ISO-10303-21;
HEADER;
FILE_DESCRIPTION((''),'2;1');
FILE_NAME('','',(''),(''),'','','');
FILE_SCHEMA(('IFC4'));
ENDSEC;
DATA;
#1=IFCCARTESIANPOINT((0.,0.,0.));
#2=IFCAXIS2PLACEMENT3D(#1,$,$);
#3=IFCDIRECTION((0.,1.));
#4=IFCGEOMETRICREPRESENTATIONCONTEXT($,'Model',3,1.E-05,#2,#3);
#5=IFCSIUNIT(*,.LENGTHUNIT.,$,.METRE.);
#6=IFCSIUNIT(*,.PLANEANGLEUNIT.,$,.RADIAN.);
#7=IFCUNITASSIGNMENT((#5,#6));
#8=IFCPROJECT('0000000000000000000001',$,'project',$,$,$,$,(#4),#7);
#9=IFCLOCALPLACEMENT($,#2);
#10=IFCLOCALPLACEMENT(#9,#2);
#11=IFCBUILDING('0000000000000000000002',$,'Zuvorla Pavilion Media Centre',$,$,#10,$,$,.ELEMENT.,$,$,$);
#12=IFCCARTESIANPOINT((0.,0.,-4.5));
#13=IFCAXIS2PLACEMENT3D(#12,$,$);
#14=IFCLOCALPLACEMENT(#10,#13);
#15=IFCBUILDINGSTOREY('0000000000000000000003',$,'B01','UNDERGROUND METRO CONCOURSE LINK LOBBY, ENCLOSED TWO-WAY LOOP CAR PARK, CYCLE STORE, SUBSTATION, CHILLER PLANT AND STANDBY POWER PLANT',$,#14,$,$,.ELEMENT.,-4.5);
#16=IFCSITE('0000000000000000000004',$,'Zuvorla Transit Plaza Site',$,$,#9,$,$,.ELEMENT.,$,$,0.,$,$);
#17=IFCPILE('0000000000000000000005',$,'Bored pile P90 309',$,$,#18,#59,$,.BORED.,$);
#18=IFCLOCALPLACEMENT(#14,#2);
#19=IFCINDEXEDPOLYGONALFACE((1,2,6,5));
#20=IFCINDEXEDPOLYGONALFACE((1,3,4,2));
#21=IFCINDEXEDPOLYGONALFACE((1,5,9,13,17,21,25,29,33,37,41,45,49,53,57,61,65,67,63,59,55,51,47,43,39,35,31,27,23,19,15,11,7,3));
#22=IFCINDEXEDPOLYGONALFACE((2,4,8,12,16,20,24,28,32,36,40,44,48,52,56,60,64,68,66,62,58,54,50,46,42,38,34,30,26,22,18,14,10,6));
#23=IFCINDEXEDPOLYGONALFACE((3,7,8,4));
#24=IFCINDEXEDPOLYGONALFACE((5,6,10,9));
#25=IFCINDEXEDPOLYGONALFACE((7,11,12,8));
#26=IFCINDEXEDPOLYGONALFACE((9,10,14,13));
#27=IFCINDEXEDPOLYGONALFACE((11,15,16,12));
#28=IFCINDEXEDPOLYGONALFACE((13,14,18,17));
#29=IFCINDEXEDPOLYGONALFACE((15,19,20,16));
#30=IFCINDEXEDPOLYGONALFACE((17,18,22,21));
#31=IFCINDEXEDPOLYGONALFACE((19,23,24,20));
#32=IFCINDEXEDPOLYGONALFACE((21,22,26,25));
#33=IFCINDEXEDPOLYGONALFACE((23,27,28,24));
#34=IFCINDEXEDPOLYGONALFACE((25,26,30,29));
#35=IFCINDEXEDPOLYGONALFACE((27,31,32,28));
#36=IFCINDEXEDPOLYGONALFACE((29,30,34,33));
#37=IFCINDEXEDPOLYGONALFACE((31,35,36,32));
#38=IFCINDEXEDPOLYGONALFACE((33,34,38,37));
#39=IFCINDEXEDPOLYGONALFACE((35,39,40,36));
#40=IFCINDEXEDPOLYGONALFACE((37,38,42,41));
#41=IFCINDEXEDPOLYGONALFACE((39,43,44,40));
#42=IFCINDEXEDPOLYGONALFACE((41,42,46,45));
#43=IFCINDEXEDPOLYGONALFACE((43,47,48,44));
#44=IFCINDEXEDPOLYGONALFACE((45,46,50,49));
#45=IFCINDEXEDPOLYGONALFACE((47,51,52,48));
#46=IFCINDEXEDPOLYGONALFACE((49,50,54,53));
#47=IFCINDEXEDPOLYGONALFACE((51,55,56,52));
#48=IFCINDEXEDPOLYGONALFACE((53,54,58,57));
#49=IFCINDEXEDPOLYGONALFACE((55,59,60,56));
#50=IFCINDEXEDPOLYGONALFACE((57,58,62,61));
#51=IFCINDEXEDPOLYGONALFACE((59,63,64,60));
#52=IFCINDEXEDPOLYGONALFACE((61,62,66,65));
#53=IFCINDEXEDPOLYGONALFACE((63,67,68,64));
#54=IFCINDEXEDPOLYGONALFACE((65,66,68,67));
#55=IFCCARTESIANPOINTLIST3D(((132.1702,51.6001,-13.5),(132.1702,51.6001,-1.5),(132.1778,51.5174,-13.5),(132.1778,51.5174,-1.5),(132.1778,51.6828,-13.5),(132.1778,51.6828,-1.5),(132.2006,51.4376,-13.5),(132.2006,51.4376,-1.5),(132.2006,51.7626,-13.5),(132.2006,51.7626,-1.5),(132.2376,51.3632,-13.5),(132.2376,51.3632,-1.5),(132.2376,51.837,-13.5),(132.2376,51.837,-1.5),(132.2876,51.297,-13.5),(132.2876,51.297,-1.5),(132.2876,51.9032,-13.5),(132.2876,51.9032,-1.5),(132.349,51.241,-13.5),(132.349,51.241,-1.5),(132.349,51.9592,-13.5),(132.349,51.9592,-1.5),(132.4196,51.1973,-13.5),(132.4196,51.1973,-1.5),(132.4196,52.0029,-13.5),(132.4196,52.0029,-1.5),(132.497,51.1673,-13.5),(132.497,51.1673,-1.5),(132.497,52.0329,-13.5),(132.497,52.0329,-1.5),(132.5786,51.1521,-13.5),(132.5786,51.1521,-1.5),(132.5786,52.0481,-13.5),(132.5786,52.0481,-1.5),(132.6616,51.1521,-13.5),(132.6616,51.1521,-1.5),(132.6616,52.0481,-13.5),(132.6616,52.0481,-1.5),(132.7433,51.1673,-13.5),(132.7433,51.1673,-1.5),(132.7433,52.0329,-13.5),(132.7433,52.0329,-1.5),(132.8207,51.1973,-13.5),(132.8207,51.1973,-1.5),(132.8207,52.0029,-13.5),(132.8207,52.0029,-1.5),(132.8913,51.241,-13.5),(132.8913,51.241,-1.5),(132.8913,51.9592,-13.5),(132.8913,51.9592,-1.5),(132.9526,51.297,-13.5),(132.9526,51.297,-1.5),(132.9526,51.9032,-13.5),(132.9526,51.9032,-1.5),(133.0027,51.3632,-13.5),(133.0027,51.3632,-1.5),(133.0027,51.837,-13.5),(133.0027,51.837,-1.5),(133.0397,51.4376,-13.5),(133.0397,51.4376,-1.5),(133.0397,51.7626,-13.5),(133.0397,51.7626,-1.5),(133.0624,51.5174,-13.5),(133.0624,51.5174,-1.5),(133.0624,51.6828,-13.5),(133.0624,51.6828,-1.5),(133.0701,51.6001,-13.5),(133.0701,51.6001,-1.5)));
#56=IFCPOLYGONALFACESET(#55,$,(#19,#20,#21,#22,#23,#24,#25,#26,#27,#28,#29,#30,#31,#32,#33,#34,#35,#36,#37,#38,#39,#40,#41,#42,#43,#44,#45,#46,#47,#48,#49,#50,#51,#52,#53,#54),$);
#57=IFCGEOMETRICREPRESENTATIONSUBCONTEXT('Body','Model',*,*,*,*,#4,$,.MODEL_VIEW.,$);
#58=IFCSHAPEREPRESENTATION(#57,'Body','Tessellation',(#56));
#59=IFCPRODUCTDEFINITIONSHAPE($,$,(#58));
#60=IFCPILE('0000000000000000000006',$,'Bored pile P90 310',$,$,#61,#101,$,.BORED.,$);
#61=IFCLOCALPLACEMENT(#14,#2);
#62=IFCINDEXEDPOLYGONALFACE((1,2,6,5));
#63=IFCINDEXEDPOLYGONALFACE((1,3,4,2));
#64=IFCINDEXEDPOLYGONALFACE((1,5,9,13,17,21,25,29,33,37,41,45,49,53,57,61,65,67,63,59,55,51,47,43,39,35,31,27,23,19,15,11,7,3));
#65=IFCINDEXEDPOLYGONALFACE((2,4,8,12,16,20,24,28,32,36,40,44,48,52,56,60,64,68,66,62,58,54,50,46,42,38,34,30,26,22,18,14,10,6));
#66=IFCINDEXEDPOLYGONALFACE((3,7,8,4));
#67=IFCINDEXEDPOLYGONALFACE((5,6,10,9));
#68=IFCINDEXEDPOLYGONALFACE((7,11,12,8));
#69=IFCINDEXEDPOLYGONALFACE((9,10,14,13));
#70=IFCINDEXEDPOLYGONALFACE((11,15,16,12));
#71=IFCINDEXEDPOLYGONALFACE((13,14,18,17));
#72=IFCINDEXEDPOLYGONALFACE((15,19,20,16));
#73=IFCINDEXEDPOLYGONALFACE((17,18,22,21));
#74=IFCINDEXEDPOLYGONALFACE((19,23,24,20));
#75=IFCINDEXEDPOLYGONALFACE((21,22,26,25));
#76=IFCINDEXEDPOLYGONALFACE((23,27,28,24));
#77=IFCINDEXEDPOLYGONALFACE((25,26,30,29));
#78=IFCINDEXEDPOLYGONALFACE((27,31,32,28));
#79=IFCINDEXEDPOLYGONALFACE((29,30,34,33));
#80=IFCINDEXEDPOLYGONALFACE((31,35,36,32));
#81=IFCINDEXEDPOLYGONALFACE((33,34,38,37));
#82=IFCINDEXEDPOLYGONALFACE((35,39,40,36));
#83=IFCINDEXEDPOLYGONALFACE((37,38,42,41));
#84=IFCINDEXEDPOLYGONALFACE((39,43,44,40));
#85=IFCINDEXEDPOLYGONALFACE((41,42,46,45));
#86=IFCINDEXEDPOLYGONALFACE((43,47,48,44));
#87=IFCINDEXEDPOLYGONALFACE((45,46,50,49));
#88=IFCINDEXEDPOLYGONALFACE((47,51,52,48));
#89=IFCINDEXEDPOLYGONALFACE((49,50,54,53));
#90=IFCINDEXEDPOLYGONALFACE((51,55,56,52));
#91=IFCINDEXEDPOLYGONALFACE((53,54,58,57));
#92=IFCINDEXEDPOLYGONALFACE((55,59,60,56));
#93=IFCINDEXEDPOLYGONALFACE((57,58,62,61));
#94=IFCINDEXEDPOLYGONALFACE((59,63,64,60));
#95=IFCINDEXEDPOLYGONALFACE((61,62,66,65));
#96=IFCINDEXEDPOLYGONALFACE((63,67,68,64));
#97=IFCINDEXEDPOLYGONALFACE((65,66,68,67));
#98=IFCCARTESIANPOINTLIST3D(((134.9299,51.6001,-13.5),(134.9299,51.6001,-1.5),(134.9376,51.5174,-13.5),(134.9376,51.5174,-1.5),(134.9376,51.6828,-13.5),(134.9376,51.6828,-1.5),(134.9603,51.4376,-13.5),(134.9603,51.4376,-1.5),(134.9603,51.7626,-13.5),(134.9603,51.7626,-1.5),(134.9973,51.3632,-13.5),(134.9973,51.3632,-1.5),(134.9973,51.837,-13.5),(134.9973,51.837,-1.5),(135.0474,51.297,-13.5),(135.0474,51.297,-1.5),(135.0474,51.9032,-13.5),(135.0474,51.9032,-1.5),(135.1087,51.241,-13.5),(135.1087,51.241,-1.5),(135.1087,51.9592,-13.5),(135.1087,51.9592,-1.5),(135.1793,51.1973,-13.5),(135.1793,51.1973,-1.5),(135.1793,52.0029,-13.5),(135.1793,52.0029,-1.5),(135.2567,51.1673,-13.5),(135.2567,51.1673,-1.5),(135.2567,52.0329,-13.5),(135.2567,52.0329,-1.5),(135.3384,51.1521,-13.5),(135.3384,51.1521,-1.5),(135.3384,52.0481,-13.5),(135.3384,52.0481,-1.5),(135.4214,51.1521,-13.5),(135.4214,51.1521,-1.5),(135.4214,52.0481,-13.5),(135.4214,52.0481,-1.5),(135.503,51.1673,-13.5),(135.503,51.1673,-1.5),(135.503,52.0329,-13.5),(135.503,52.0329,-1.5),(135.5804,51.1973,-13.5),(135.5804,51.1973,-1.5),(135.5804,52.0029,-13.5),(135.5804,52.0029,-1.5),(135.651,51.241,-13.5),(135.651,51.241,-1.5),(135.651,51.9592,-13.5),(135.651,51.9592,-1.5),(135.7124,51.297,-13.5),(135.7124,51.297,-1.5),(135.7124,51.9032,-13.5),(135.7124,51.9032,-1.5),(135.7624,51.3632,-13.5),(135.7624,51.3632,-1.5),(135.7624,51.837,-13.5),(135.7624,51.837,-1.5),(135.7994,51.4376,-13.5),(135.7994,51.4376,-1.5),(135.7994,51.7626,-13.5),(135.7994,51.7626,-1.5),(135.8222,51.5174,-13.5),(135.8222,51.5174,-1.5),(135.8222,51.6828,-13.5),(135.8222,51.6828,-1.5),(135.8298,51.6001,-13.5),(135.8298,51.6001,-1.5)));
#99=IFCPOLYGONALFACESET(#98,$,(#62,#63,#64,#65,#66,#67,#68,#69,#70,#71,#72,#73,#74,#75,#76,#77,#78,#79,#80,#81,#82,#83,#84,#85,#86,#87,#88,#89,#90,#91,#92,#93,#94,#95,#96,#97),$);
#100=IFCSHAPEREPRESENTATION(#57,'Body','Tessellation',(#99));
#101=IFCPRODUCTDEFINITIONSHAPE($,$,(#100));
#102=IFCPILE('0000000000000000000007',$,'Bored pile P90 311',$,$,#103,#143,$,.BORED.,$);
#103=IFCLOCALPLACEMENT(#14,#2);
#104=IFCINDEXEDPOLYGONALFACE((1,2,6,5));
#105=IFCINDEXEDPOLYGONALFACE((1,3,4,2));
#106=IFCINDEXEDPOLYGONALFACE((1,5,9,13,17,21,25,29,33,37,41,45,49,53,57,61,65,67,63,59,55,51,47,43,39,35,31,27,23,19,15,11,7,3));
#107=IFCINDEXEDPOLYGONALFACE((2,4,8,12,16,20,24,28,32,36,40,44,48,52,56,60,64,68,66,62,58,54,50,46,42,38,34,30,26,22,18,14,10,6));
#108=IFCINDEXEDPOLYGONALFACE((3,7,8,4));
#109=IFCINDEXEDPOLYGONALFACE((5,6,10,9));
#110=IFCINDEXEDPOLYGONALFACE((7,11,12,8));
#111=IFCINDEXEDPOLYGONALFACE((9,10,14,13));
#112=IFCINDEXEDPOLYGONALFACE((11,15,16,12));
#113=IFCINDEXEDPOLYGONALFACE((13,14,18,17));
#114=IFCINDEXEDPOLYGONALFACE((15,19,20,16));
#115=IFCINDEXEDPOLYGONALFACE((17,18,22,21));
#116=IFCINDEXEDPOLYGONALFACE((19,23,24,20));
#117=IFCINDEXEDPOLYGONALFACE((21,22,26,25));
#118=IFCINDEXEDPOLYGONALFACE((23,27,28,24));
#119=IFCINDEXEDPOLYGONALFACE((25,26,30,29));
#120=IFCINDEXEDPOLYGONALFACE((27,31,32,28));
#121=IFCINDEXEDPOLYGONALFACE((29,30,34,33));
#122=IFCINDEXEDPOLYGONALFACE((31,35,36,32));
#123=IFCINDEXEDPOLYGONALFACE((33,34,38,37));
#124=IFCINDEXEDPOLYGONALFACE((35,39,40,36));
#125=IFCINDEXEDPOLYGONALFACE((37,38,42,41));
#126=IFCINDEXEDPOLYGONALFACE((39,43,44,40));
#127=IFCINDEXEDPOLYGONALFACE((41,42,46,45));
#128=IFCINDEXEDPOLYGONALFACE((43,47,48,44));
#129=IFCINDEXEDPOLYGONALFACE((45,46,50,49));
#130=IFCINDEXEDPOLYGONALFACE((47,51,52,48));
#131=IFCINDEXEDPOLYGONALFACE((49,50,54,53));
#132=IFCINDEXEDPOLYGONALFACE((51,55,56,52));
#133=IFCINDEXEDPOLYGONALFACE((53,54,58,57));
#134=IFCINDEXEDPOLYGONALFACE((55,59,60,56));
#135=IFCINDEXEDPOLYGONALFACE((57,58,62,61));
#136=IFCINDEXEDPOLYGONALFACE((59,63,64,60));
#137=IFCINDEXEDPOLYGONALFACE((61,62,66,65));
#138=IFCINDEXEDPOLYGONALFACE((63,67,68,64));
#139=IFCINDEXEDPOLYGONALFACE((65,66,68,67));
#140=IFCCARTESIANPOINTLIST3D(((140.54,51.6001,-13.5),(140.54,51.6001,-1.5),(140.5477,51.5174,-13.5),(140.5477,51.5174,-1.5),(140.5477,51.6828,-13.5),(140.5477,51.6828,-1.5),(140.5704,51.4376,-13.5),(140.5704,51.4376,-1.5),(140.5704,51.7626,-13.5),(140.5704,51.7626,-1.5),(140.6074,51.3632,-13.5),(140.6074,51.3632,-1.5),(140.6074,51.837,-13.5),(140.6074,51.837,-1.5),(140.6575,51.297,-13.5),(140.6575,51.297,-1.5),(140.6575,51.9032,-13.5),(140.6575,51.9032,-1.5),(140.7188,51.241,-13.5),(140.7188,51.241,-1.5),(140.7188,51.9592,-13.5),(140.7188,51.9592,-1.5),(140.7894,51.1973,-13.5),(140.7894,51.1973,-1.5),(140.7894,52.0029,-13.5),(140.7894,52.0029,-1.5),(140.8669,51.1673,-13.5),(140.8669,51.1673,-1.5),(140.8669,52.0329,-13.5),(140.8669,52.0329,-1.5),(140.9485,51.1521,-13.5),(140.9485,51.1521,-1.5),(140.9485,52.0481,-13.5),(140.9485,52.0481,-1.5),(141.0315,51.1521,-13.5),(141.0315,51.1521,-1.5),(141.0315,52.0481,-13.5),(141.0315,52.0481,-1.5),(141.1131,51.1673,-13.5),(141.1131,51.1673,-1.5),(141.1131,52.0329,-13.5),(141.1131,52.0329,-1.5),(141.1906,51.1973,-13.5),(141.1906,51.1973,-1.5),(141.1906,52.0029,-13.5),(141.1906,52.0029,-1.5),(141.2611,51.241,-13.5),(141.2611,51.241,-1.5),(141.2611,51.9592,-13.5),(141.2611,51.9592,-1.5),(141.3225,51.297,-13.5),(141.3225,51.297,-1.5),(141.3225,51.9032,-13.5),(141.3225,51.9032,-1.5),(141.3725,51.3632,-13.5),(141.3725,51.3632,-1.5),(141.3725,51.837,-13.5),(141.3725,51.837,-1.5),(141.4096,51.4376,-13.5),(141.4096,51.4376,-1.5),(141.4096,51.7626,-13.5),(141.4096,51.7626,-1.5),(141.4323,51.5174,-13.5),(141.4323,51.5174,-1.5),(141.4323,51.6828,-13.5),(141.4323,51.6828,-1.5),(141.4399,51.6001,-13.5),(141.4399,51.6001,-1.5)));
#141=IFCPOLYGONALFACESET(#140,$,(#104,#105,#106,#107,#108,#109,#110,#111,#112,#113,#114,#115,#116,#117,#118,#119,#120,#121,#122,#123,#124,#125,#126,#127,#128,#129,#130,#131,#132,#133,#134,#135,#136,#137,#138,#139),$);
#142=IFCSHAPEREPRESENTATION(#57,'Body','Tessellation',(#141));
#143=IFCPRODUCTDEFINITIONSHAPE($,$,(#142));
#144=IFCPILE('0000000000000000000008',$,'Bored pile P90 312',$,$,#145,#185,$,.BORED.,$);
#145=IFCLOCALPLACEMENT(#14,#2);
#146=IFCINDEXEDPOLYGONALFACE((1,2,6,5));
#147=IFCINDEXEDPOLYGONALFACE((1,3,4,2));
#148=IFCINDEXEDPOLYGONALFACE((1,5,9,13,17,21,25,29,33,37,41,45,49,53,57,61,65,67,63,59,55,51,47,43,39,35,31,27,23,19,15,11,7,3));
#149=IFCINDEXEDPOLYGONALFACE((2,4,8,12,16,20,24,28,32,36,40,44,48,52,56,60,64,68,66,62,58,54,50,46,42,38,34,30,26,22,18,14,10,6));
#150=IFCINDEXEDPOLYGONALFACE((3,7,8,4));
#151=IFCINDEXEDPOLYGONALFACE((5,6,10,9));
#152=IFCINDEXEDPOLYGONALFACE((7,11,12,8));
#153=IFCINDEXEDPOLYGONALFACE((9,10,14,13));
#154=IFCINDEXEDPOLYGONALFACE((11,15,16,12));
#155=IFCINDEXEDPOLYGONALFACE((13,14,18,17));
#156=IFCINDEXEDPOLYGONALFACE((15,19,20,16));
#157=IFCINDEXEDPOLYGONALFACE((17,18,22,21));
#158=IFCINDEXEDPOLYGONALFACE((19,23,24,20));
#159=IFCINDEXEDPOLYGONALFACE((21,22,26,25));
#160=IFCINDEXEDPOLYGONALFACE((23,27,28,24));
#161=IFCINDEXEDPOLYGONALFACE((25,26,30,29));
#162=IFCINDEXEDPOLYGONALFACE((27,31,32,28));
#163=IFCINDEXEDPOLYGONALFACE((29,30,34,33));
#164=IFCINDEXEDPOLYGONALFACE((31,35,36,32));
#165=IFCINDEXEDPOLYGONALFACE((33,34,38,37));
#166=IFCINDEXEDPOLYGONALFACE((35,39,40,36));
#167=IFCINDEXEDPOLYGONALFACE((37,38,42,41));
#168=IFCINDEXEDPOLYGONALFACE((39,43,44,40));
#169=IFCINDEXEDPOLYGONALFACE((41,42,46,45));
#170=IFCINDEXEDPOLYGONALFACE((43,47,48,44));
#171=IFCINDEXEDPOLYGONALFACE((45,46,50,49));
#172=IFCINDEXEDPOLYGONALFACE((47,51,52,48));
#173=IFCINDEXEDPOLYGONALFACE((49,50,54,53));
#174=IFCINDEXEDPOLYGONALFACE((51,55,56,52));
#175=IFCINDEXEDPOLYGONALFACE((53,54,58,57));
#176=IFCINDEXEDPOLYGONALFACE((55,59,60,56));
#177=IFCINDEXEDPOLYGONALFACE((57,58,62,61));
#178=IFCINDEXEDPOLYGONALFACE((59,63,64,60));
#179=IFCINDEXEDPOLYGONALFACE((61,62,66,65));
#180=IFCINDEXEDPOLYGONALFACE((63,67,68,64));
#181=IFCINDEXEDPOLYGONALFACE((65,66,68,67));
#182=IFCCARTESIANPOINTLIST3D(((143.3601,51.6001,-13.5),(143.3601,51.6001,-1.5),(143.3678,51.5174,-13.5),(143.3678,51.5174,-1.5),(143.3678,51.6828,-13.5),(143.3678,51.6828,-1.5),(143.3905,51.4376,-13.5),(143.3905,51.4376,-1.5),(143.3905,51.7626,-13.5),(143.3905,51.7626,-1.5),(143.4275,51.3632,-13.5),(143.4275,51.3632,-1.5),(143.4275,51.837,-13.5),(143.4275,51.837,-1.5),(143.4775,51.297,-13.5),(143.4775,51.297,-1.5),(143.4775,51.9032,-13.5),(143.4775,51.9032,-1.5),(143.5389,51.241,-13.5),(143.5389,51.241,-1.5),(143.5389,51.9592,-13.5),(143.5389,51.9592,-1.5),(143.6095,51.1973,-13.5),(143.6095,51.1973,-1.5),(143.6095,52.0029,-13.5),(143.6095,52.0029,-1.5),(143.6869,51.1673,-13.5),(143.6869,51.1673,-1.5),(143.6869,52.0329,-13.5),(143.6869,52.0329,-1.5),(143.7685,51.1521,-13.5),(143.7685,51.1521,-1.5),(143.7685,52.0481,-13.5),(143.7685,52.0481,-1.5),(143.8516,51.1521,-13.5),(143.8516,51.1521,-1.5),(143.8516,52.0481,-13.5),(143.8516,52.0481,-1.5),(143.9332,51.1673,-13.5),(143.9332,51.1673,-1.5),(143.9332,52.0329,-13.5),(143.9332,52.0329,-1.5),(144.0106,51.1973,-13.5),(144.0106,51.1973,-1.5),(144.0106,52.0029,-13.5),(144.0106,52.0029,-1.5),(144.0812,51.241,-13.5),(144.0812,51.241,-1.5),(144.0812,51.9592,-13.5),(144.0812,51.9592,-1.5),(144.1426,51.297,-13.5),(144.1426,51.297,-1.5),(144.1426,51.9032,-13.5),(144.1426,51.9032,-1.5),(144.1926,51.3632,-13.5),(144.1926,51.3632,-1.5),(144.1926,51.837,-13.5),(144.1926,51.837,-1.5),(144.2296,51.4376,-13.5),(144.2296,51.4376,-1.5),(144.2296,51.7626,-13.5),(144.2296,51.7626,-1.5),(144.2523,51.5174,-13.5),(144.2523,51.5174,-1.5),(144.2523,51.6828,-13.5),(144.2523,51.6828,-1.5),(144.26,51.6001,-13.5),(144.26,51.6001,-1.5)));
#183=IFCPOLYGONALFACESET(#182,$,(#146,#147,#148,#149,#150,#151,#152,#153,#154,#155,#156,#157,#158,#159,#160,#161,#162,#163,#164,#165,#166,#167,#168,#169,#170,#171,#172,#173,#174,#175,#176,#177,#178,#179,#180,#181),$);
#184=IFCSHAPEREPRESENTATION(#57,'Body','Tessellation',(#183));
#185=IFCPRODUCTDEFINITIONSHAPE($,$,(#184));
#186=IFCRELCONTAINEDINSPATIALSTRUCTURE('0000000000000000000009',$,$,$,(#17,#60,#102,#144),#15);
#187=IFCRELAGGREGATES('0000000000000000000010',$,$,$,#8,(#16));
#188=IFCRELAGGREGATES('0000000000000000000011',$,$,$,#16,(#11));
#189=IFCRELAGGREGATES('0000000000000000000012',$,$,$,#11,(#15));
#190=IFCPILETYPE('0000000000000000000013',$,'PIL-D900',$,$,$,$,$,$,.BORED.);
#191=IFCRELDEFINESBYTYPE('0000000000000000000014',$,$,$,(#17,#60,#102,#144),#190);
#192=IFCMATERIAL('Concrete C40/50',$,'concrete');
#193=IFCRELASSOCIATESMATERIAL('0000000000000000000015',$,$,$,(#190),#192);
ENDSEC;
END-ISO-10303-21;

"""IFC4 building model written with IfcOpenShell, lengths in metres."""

from ifc_helpers import new_model, si_unit, direction, frame, origin, origin_2d, place, context, subcontext, project, spatial, circle, extrude, material, material_profile, profile_set, type_object, element, save


model = new_model("IFC4")

# Units and contexts
model_context = context("Model", 3, precision=1e-05, world=origin(), true_north=direction((0.0, 1.0)))
body_context = subcontext(model_context, "Body", "Model", "MODEL_VIEW")
ifc_project = project(units=[si_unit("LENGTHUNIT", "METRE"), si_unit("PLANEANGLEUNIT", "RADIAN")], contexts=[model_context])

# Site, building, storey
site_placement = place(None, origin())
site = spatial("IfcSite", under=ifc_project, at=site_placement, Name="Zuvorla Transit Plaza Site", CompositionType="ELEMENT", RefElevation=0.0)
building_placement = place(site_placement, origin())
building = spatial("IfcBuilding", under=site, at=building_placement, Name="Zuvorla Pavilion Media Centre", CompositionType="ELEMENT")
storey_placement = place(building_placement, frame((0.0, 0.0, -4.5)))
storey = spatial("IfcBuildingStorey", under=building, at=storey_placement, Name="B01", Description="UNDERGROUND METRO CONCOURSE LINK LOBBY, ENCLOSED TWO-WAY LOOP CAR PARK, CYCLE STORE, SUBSTATION, CHILLER PLANT AND STANDBY POWER PLANT", CompositionType="ELEMENT", Elevation=-4.5)

# Shared definitions
ifc_material = material(Name="Concrete C40/50", Category="concrete")

# Piles
ifc_material_profile_1 = material_profile(ifc_material, circle(Radius=0.45, at=origin_2d()), Name="BORED PILE 900")
ifc_profile_set_1 = profile_set([ifc_material_profile_1], Name="Concrete C40/50")
pile_type = type_object("IfcPileType", Name="PIL-D900", PredefinedType="BORED", material=ifc_profile_set_1)
for number, where, z_axis, x_axis, name in (
    (1, (132.6201, 51.6001, -1.5), (0.0, 0.0, -1.0), (1.0, 0.0, 0.0), "Bored pile P90 309"),
    (2, (135.3799, 51.6001, -1.5), (0.0, 0.0, -1.0), (1.0, 0.0, 0.0), "Bored pile P90 310"),
    (3, (140.99, 51.6001, -1.5), (0.0, 0.0, -1.0), (1.0, 0.0, 0.0), "Bored pile P90 311"),
    (4, (143.8101, 51.6001, -1.5), (0.0, 0.0, -1.0), (1.0, 0.0, 0.0), "Bored pile P90 312"),
):
    element("IfcPile", number, at=place(storey_placement, frame(where, z_axis=z_axis, x_axis=x_axis)), inside=storey, type_object=pile_type, Name=name, PredefinedType="BORED", context=body_context, shape_type="SweptSolid", body=[
        extrude(circle(Radius=0.45, at=origin_2d()), origin(), (0.0, 0.0, 1.0), 12.0),
    ])

save(model, "model.ifc")
